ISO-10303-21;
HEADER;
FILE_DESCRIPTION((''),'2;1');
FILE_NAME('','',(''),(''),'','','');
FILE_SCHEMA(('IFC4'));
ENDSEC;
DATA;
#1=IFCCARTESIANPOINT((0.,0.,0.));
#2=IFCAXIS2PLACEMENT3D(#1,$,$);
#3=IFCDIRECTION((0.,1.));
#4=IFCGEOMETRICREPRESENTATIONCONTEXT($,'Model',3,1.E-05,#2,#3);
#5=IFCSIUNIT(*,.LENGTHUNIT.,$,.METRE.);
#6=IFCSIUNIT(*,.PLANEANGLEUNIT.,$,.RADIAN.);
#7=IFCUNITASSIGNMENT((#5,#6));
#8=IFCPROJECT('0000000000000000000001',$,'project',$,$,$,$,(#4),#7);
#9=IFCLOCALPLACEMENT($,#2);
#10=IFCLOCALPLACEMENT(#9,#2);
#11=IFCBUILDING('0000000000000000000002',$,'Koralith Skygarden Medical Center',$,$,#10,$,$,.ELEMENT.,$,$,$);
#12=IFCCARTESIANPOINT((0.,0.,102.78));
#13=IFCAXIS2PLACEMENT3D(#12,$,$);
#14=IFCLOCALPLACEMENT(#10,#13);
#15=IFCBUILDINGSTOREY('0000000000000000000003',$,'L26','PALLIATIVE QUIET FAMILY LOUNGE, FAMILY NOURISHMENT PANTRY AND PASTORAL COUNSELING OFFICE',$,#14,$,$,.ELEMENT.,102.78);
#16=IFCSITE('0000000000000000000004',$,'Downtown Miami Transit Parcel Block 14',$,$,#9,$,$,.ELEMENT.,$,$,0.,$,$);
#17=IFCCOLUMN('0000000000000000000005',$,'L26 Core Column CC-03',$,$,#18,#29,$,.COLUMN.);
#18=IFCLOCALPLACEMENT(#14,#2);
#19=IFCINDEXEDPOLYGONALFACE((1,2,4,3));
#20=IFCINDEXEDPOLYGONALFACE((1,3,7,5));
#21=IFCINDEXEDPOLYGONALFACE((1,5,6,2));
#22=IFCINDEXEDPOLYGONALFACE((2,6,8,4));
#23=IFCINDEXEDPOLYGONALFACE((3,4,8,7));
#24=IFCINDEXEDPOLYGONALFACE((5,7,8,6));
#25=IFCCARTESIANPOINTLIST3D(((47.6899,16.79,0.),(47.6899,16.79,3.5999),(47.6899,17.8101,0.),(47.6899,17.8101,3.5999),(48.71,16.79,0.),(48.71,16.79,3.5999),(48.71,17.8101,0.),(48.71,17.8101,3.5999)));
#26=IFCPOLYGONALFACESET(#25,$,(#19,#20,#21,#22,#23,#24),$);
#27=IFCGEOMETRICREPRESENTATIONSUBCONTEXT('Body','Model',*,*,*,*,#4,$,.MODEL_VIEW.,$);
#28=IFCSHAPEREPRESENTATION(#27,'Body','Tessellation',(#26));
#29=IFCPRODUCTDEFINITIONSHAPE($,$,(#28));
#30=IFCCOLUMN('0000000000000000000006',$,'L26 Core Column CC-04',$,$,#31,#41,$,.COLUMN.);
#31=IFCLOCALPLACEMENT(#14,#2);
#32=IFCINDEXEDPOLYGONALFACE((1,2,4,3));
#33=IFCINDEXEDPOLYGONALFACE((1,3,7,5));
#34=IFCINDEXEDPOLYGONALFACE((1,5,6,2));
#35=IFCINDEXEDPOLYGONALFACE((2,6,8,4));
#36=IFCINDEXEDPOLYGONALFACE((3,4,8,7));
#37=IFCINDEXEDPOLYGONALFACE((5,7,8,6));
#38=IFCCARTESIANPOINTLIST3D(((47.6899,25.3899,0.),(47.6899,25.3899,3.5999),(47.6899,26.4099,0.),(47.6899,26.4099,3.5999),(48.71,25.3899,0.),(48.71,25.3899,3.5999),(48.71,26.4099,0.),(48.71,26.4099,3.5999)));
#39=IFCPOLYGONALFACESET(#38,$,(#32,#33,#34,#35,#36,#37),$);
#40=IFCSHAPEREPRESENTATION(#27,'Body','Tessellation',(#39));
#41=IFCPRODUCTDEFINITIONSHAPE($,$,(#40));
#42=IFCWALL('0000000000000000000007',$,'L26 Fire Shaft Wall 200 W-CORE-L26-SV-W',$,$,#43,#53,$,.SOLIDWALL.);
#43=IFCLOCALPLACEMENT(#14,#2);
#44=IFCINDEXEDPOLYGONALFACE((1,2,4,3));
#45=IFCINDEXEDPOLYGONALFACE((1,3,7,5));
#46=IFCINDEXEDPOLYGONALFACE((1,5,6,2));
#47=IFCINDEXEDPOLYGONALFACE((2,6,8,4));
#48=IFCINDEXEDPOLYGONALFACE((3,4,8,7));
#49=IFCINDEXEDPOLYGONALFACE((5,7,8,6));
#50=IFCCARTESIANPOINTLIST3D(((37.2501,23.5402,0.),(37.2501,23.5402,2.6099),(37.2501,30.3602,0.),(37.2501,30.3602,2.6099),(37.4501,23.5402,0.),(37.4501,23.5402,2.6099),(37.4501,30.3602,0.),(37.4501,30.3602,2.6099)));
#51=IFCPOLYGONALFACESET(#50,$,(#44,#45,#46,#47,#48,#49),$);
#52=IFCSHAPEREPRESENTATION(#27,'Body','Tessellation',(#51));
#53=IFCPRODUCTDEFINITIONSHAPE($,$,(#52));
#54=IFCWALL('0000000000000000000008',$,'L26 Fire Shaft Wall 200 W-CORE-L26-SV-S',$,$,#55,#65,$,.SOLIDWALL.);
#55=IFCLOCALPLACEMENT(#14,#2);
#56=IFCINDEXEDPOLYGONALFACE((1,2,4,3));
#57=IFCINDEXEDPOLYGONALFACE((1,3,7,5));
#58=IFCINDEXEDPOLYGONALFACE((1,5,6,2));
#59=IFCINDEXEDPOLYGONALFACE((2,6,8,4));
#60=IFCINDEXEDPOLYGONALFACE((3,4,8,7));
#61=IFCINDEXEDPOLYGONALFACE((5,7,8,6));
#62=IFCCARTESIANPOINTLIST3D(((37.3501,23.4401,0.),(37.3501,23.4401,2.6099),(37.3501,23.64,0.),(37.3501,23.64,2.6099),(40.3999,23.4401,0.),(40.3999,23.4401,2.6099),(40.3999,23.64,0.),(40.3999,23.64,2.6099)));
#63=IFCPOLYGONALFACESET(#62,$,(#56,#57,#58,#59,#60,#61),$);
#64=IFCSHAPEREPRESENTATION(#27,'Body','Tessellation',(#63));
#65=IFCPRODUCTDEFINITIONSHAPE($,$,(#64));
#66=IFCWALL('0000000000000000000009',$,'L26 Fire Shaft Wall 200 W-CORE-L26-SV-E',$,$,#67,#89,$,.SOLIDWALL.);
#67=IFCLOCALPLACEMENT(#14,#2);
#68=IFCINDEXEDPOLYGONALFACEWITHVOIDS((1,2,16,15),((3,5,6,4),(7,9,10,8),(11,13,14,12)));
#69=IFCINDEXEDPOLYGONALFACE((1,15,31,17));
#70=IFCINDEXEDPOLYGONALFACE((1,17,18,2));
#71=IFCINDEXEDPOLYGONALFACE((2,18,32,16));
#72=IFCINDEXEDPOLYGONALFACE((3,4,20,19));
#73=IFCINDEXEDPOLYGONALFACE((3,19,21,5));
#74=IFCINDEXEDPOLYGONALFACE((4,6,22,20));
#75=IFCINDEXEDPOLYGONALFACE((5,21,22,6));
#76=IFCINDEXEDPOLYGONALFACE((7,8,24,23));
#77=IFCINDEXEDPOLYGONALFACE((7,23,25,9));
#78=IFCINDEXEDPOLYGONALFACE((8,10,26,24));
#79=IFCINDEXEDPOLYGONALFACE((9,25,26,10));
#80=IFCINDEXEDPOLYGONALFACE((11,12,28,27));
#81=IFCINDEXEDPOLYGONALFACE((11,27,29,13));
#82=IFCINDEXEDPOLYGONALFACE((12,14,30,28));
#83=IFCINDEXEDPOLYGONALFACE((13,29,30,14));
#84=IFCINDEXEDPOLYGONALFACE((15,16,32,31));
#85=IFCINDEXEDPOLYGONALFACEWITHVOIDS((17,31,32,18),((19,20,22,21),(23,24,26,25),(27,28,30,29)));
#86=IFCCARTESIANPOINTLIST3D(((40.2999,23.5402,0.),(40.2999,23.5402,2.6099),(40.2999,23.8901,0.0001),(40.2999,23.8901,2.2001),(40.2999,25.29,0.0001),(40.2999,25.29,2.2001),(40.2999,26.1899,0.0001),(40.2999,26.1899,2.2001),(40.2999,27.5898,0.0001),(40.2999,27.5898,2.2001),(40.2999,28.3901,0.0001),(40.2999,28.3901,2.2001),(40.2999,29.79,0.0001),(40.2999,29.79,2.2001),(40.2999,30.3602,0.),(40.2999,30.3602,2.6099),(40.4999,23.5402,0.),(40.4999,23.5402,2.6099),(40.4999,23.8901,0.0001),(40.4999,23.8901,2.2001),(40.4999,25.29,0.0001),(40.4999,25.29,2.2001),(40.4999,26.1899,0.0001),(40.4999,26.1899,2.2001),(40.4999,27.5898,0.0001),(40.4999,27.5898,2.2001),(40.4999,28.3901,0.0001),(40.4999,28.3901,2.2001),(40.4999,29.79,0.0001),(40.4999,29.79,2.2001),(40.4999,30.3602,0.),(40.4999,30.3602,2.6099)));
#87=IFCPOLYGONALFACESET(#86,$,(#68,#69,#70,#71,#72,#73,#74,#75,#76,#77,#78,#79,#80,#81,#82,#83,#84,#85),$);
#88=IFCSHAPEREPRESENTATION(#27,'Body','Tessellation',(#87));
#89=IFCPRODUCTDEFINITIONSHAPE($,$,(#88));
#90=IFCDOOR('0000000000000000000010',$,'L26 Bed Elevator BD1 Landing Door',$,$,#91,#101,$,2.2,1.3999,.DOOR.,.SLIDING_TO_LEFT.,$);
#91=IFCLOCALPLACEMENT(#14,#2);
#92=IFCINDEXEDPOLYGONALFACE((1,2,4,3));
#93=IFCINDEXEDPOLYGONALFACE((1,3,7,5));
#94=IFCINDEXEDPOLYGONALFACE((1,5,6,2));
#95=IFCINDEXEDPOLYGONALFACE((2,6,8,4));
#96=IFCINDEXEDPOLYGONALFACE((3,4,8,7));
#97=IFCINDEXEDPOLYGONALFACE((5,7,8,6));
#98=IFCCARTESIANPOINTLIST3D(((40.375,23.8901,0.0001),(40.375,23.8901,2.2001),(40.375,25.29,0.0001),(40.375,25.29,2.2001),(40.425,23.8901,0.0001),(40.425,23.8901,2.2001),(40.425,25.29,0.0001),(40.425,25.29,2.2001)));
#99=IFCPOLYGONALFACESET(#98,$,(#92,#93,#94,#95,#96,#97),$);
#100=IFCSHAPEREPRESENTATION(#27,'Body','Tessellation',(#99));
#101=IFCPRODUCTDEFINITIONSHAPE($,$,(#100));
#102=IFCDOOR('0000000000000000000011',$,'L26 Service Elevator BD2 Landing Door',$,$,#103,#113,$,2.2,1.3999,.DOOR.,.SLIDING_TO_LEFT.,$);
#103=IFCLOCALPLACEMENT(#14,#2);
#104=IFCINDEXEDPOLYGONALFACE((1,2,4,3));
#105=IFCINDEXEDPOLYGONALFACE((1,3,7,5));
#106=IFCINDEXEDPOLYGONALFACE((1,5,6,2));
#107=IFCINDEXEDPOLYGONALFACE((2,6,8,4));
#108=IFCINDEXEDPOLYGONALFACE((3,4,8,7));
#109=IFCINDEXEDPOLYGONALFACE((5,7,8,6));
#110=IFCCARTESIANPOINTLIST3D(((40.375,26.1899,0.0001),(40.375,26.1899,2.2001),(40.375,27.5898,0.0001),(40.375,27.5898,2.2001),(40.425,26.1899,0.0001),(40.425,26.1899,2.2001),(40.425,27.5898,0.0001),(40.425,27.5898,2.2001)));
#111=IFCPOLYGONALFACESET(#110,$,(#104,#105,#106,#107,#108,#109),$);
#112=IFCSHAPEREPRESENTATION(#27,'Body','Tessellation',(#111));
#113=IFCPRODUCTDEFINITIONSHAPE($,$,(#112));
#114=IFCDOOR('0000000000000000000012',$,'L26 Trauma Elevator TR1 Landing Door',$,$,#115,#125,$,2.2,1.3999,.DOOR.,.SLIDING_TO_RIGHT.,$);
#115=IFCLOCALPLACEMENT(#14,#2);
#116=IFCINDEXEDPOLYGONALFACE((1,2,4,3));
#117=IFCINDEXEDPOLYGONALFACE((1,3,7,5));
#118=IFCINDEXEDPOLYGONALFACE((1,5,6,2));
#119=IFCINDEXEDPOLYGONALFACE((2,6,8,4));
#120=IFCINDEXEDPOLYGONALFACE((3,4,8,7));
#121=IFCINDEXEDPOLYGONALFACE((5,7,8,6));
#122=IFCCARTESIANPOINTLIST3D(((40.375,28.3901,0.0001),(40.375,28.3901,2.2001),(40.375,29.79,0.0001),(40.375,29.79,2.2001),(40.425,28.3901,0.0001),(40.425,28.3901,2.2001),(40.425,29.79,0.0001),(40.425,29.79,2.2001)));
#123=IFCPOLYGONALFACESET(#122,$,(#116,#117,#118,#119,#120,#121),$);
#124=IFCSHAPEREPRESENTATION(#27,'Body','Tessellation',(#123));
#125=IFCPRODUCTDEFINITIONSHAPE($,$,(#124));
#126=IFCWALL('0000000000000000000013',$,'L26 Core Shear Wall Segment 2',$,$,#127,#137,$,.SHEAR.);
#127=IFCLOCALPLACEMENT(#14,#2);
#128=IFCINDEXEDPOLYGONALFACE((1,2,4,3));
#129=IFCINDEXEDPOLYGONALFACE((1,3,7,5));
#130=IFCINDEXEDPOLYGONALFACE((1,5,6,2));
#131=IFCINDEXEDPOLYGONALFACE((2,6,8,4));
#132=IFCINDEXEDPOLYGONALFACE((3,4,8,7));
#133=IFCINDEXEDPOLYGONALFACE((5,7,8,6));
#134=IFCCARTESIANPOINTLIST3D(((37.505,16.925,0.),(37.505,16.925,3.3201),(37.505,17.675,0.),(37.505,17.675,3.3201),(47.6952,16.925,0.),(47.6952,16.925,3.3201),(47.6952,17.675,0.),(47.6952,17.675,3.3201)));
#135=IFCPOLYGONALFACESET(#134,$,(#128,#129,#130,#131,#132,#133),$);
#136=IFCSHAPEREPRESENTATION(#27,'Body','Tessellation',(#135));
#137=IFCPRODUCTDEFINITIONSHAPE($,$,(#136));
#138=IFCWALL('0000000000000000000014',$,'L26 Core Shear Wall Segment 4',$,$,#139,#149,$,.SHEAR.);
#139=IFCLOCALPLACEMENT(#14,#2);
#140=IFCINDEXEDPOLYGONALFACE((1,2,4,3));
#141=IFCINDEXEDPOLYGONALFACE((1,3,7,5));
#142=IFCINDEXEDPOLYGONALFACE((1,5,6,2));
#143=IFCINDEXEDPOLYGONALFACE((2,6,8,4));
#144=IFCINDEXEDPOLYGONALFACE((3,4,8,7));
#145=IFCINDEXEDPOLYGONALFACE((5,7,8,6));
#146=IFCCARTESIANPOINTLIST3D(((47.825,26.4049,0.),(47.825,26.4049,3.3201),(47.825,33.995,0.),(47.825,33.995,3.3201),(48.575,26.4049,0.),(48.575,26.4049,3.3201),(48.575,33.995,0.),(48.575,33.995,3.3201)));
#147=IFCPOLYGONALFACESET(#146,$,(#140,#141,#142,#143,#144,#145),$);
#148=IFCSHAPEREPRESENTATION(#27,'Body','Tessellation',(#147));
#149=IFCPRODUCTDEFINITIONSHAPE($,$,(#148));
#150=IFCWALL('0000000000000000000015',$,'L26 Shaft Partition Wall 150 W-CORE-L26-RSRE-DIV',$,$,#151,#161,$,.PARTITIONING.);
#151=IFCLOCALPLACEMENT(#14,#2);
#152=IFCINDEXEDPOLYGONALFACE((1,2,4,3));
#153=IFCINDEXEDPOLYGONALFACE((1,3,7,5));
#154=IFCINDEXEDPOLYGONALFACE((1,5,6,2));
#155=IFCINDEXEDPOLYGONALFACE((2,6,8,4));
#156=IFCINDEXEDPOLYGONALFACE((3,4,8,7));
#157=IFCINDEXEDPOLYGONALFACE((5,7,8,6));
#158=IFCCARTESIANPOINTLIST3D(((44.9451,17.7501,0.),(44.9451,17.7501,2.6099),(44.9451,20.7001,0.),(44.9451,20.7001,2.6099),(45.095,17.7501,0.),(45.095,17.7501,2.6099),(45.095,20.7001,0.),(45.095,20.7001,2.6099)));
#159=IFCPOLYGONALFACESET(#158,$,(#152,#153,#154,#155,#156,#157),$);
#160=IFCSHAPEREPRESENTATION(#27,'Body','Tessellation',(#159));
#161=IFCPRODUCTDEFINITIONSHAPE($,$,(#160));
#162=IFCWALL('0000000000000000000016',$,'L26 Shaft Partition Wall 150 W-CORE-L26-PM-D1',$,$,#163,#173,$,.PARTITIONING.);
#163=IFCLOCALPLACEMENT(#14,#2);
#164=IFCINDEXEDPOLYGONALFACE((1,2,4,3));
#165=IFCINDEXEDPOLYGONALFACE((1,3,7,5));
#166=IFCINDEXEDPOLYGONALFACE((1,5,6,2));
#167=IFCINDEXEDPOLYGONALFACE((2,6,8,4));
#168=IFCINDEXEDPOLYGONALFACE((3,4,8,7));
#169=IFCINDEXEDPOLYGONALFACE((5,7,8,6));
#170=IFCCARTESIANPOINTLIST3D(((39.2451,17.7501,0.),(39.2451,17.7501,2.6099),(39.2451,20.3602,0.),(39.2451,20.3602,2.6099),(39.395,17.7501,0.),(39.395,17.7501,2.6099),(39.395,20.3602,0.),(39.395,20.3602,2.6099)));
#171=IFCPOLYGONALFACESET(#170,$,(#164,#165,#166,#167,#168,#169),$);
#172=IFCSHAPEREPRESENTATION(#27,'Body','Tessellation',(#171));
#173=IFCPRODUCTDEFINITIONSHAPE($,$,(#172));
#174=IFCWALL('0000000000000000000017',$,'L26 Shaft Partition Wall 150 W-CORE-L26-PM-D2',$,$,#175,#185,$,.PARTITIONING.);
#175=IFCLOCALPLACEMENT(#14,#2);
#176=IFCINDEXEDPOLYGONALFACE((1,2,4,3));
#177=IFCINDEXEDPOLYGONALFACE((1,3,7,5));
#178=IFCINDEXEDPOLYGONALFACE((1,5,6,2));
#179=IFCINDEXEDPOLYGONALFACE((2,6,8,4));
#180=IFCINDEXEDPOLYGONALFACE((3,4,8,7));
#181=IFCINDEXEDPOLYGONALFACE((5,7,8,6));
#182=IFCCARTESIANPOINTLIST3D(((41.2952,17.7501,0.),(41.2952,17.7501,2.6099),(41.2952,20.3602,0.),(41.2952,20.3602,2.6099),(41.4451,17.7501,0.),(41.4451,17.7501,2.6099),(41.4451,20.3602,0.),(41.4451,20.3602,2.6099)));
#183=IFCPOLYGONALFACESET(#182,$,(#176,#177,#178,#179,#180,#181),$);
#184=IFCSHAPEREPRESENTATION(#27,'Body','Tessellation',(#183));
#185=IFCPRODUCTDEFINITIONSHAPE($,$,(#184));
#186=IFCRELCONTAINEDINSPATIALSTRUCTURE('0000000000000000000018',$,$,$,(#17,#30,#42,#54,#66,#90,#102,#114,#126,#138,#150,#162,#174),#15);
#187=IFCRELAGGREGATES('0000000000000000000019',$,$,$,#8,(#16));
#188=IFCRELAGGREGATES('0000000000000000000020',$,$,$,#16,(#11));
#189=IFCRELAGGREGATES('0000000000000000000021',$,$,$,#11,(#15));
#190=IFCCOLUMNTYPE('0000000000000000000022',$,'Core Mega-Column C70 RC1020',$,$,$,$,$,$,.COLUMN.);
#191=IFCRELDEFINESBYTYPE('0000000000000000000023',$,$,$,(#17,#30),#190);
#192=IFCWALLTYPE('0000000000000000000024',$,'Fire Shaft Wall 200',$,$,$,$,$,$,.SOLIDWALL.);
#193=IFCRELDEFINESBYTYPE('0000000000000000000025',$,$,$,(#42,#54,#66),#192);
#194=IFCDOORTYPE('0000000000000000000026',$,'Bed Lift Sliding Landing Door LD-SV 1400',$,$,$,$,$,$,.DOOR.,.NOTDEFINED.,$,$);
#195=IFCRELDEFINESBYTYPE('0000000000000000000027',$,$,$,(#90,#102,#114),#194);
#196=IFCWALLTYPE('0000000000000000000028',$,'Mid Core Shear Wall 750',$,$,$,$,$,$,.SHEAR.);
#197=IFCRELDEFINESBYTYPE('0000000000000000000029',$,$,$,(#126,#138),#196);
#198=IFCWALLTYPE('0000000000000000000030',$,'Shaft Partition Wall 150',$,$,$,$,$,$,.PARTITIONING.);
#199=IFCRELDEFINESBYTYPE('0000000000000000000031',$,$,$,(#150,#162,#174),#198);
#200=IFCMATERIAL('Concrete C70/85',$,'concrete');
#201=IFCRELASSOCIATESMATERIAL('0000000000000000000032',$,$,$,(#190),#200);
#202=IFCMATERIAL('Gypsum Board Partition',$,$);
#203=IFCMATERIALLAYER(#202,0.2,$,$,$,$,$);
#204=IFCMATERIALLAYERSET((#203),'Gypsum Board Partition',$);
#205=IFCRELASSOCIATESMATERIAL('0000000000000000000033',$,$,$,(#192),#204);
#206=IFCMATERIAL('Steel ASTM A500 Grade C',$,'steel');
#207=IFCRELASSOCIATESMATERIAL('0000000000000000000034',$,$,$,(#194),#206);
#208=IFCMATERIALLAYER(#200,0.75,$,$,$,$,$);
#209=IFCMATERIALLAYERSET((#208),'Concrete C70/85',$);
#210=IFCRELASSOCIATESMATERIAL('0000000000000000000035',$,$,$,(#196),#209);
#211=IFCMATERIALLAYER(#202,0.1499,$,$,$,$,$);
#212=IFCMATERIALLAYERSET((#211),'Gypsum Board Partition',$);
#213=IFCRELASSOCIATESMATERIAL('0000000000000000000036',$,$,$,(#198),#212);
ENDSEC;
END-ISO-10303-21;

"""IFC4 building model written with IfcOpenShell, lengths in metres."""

from ifc_helpers import new_model, si_unit, direction, frame, frame_2d, origin, origin_2d, place, context, subcontext, project, spatial, rectangle, extrude, material, layer, layer_set, material_profile, profile_set, type_object, element, fill, save


model = new_model("IFC4")

# Units and contexts
model_context = context("Model", 3, precision=1e-05, world=origin(), true_north=direction((0.0, 1.0)))
body_context = subcontext(model_context, "Body", "Model", "MODEL_VIEW")
ifc_project = project(units=[si_unit("LENGTHUNIT", "METRE"), si_unit("PLANEANGLEUNIT", "RADIAN")], contexts=[model_context])

# Site, building, storey
site_placement = place(None, origin())
site = spatial("IfcSite", under=ifc_project, at=site_placement, Name="Downtown Miami Transit Parcel Block 14", CompositionType="ELEMENT", RefElevation=0.0)
building_placement = place(site_placement, origin())
building = spatial("IfcBuilding", under=site, at=building_placement, Name="Koralith Skygarden Medical Center", CompositionType="ELEMENT")
storey_placement = place(building_placement, frame((0.0, 0.0, 102.78)))
storey = spatial("IfcBuildingStorey", under=building, at=storey_placement, Name="L26", Description="PALLIATIVE QUIET FAMILY LOUNGE, FAMILY NOURISHMENT PANTRY AND PASTORAL COUNSELING OFFICE", CompositionType="ELEMENT", Elevation=102.78)

# Columns
ifc_material_1 = material(Name="Concrete C70/85", Category="concrete")
ifc_material_profile = material_profile(ifc_material_1, rectangle(XDim=1.02, YDim=1.02, at=origin_2d()), Name="RC1020X1020")
ifc_profile_set = profile_set([ifc_material_profile], Name="Concrete C70/85")
column_type = type_object("IfcColumnType", Name="Core Mega-Column C70 RC1020", PredefinedType="COLUMN", material=ifc_profile_set)
for number, where, z_axis, x_axis, name in (
    (1, (48.2, 17.3, 0.0), (0.0, 0.0, 1.0), (1.0, 0.0, 0.0), "L26 Core Column CC-03"),
    (2, (48.2, 25.8999, 0.0), (0.0, 0.0, 1.0), (1.0, 0.0, 0.0), "L26 Core Column CC-04"),
):
    element("IfcColumn", number, at=place(storey_placement, frame(where, z_axis=z_axis, x_axis=x_axis)), inside=storey, type_object=column_type, Name=name, PredefinedType="COLUMN", context=body_context, shape_type="SweptSolid", body=[
        extrude(rectangle(XDim=1.02, YDim=1.02, at=origin_2d()), origin(), (0.0, 0.0, 1.0), 3.5999),
    ])

# Shared definitions
ifc_material_2 = material(Name="Gypsum Board Partition")
ifc_layer_1 = layer(ifc_material_2, 0.2)
ifc_layer_set_1 = layer_set([ifc_layer_1], Name="Gypsum Board Partition")
wall_type_1 = type_object("IfcWallType", Name="Fire Shaft Wall 200", PredefinedType="SOLIDWALL", material=ifc_layer_set_1)
ifc_material_3 = material(Name="Steel ASTM A500 Grade C", Category="steel")

# Walls
wall_1_placement = place(storey_placement, frame((37.3501, 23.54, 0.0), z_axis=(0.0, 0.0, 1.0), x_axis=(0.0, 1.0, 0.0)))
element("IfcWall", 3, at=wall_1_placement, inside=storey, type_object=wall_type_1, Name="L26 Fire Shaft Wall 200 W-CORE-L26-SV-W", PredefinedType="SOLIDWALL", context=body_context, shape_type="SweptSolid", body=[
    extrude(rectangle(XDim=6.8201, YDim=0.2, at=frame_2d((3.4102, 0.0))), origin(), (0.0, 0.0, 1.0), 2.6099),
])
wall_2_placement = place(storey_placement, frame((37.3501, 23.54, 0.0), z_axis=(0.0, 0.0, 1.0), x_axis=(1.0, 0.0, 0.0)))
element("IfcWall", 4, at=wall_2_placement, inside=storey, type_object=wall_type_1, Name="L26 Fire Shaft Wall 200 W-CORE-L26-SV-S", PredefinedType="SOLIDWALL", context=body_context, shape_type="SweptSolid", body=[
    extrude(rectangle(XDim=3.0498, YDim=0.2, at=frame_2d((1.5249, 0.0))), origin(), (0.0, 0.0, 1.0), 2.6099),
])

# Wall, openings, doors
wall_3_placement = place(storey_placement, frame((40.3999, 23.54, 0.0), z_axis=(0.0, 0.0, 1.0), x_axis=(0.0, 1.0, 0.0)))
wall_3 = element("IfcWall", 5, at=wall_3_placement, inside=storey, type_object=wall_type_1, Name="L26 Fire Shaft Wall 200 W-CORE-L26-SV-E", PredefinedType="SOLIDWALL", context=body_context, shape_type="SweptSolid", body=[
    extrude(rectangle(XDim=6.8201, YDim=0.2, at=frame_2d((3.4102, 0.0))), origin(), (0.0, 0.0, 1.0), 2.6099),
])
opening_1_placement = place(wall_3_placement, frame((0.3501, 0.0, 0.0)))
opening_1 = element("IfcOpeningElement", 6, at=opening_1_placement, cuts=wall_3, PredefinedType="OPENING", context=body_context, shape_type="SweptSolid", body=[
    extrude(rectangle(XDim=1.3999, YDim=2.2, at=frame_2d((0.7, 1.1001))), frame((0.0, 0.1099, 0.0), z_axis=(0.0, -1.0, 0.0), x_axis=(1.0, 0.0, 0.0)), (0.0, 0.0, 1.0), 0.22),
])
opening_2_placement = place(wall_3_placement, frame((2.6499, 0.0, 0.0)))
opening_2 = element("IfcOpeningElement", 7, at=opening_2_placement, cuts=wall_3, PredefinedType="OPENING", context=body_context, shape_type="SweptSolid", body=[
    extrude(rectangle(XDim=1.3999, YDim=2.2, at=frame_2d((0.7, 1.1001))), frame((0.0, 0.1099, 0.0), z_axis=(0.0, -1.0, 0.0), x_axis=(1.0, 0.0, 0.0)), (0.0, 0.0, 1.0), 0.22),
])
opening_3_placement = place(wall_3_placement, frame((4.8501, 0.0, 0.0)))
opening_3 = element("IfcOpeningElement", 8, at=opening_3_placement, cuts=wall_3, PredefinedType="OPENING", context=body_context, shape_type="SweptSolid", body=[
    extrude(rectangle(XDim=1.3999, YDim=2.2, at=frame_2d((0.7, 1.1001))), frame((0.0, 0.1099, 0.0), z_axis=(0.0, -1.0, 0.0), x_axis=(1.0, 0.0, 0.0)), (0.0, 0.0, 1.0), 0.22),
])
door_type_1 = type_object("IfcDoorType", Name="Bed Lift Sliding Landing Door LD-SV 1400", OperationType="NOTDEFINED", PredefinedType="DOOR", material=ifc_material_3)
door_1_placement = place(opening_1_placement, origin())
door_1 = element("IfcDoor", 9, at=door_1_placement, inside=storey, type_object=door_type_1, Name="L26 Bed Elevator BD1 Landing Door", OperationType="SLIDING_TO_LEFT", OverallHeight=2.2, OverallWidth=1.3999, PredefinedType="DOOR", context=body_context, shape_type="SweptSolid", body=[
    extrude(rectangle(XDim=1.3999, YDim=2.2, at=frame_2d((0.7, 1.1001))), frame((0.0, 0.0249, 0.0), z_axis=(0.0, -1.0, 0.0), x_axis=(1.0, 0.0, 0.0)), (0.0, 0.0, 1.0), 0.05),
])
fill(opening_1, door_1)
door_2_placement = place(opening_2_placement, origin())
door_2 = element("IfcDoor", 10, at=door_2_placement, inside=storey, type_object=door_type_1, Name="L26 Service Elevator BD2 Landing Door", OperationType="SLIDING_TO_LEFT", OverallHeight=2.2, OverallWidth=1.3999, PredefinedType="DOOR", context=body_context, shape_type="SweptSolid", body=[
    extrude(rectangle(XDim=1.3999, YDim=2.2, at=frame_2d((0.7, 1.1001))), frame((0.0, 0.0249, 0.0), z_axis=(0.0, -1.0, 0.0), x_axis=(1.0, 0.0, 0.0)), (0.0, 0.0, 1.0), 0.05),
])
fill(opening_2, door_2)
door_3_placement = place(opening_3_placement, origin())
door_3 = element("IfcDoor", 11, at=door_3_placement, inside=storey, type_object=door_type_1, Name="L26 Trauma Elevator TR1 Landing Door", OperationType="SLIDING_TO_RIGHT", OverallHeight=2.2, OverallWidth=1.3999, PredefinedType="DOOR", context=body_context, shape_type="SweptSolid", body=[
    extrude(rectangle(XDim=1.3999, YDim=2.2, at=frame_2d((0.7, 1.1001))), frame((0.0, 0.0249, 0.0), z_axis=(0.0, -1.0, 0.0), x_axis=(1.0, 0.0, 0.0)), (0.0, 0.0, 1.0), 0.05),
])
fill(opening_3, door_3)

# Wall
ifc_layer_2 = layer(ifc_material_1, 0.75)
ifc_layer_set_2 = layer_set([ifc_layer_2], Name="Concrete C70/85")
wall_type_2 = type_object("IfcWallType", Name="Mid Core Shear Wall 750", PredefinedType="SHEAR", material=ifc_layer_set_2)
wall_4_placement = place(storey_placement, frame((37.5049, 17.3, 0.0), z_axis=(0.0, 0.0, 1.0), x_axis=(1.0, 0.0, 0.0)))
element("IfcWall", 12, at=wall_4_placement, inside=storey, type_object=wall_type_2, Name="L26 Core Shear Wall Segment 2", PredefinedType="SHEAR", context=body_context, shape_type="SweptSolid", body=[
    extrude(rectangle(XDim=10.1902, YDim=0.75, at=frame_2d((5.0952, 0.0))), origin(), (0.0, 0.0, 1.0), 3.3201),
])

# Walls
wall_5_placement = place(storey_placement, frame((48.2, 26.405, 0.0), z_axis=(0.0, 0.0, 1.0), x_axis=(0.0, 1.0, 0.0)))
element("IfcWall", 13, at=wall_5_placement, inside=storey, type_object=wall_type_2, Name="L26 Core Shear Wall Segment 4", PredefinedType="SHEAR", context=body_context, shape_type="SweptSolid", body=[
    extrude(rectangle(XDim=7.5901, YDim=0.75, at=frame_2d((3.7949, 0.0))), origin(), (0.0, 0.0, 1.0), 3.3201),
])
ifc_layer_3 = layer(ifc_material_2, 0.1499)
ifc_layer_set_3 = layer_set([ifc_layer_3], Name="Gypsum Board Partition")
wall_type_3 = type_object("IfcWallType", Name="Shaft Partition Wall 150", PredefinedType="PARTITIONING", material=ifc_layer_set_3)
wall_6_placement = place(storey_placement, frame((45.02, 17.75, 0.0), z_axis=(0.0, 0.0, 1.0), x_axis=(0.0, 1.0, 0.0)))
element("IfcWall", 14, at=wall_6_placement, inside=storey, type_object=wall_type_3, Name="L26 Shaft Partition Wall 150 W-CORE-L26-RSRE-DIV", PredefinedType="PARTITIONING", context=body_context, shape_type="SweptSolid", body=[
    extrude(rectangle(XDim=2.95, YDim=0.1499, at=frame_2d((1.4751, 0.0))), origin(), (0.0, 0.0, 1.0), 2.6099),
])
for number, where, z_axis, x_axis, name in (
    (15, (39.3201, 17.75, 0.0), (0.0, 0.0, 1.0), (0.0, 1.0, 0.0), "L26 Shaft Partition Wall 150 W-CORE-L26-PM-D1"),
    (16, (41.3701, 17.75, 0.0), (0.0, 0.0, 1.0), (0.0, 1.0, 0.0), "L26 Shaft Partition Wall 150 W-CORE-L26-PM-D2"),
):
    element("IfcWall", number, at=place(storey_placement, frame(where, z_axis=z_axis, x_axis=x_axis)), inside=storey, type_object=wall_type_3, Name=name, PredefinedType="PARTITIONING", context=body_context, shape_type="SweptSolid", body=[
        extrude(rectangle(XDim=2.6101, YDim=0.1499, at=frame_2d((1.3052, 0.0))), origin(), (0.0, 0.0, 1.0), 2.6099),
    ])

save(model, "model.ifc")
